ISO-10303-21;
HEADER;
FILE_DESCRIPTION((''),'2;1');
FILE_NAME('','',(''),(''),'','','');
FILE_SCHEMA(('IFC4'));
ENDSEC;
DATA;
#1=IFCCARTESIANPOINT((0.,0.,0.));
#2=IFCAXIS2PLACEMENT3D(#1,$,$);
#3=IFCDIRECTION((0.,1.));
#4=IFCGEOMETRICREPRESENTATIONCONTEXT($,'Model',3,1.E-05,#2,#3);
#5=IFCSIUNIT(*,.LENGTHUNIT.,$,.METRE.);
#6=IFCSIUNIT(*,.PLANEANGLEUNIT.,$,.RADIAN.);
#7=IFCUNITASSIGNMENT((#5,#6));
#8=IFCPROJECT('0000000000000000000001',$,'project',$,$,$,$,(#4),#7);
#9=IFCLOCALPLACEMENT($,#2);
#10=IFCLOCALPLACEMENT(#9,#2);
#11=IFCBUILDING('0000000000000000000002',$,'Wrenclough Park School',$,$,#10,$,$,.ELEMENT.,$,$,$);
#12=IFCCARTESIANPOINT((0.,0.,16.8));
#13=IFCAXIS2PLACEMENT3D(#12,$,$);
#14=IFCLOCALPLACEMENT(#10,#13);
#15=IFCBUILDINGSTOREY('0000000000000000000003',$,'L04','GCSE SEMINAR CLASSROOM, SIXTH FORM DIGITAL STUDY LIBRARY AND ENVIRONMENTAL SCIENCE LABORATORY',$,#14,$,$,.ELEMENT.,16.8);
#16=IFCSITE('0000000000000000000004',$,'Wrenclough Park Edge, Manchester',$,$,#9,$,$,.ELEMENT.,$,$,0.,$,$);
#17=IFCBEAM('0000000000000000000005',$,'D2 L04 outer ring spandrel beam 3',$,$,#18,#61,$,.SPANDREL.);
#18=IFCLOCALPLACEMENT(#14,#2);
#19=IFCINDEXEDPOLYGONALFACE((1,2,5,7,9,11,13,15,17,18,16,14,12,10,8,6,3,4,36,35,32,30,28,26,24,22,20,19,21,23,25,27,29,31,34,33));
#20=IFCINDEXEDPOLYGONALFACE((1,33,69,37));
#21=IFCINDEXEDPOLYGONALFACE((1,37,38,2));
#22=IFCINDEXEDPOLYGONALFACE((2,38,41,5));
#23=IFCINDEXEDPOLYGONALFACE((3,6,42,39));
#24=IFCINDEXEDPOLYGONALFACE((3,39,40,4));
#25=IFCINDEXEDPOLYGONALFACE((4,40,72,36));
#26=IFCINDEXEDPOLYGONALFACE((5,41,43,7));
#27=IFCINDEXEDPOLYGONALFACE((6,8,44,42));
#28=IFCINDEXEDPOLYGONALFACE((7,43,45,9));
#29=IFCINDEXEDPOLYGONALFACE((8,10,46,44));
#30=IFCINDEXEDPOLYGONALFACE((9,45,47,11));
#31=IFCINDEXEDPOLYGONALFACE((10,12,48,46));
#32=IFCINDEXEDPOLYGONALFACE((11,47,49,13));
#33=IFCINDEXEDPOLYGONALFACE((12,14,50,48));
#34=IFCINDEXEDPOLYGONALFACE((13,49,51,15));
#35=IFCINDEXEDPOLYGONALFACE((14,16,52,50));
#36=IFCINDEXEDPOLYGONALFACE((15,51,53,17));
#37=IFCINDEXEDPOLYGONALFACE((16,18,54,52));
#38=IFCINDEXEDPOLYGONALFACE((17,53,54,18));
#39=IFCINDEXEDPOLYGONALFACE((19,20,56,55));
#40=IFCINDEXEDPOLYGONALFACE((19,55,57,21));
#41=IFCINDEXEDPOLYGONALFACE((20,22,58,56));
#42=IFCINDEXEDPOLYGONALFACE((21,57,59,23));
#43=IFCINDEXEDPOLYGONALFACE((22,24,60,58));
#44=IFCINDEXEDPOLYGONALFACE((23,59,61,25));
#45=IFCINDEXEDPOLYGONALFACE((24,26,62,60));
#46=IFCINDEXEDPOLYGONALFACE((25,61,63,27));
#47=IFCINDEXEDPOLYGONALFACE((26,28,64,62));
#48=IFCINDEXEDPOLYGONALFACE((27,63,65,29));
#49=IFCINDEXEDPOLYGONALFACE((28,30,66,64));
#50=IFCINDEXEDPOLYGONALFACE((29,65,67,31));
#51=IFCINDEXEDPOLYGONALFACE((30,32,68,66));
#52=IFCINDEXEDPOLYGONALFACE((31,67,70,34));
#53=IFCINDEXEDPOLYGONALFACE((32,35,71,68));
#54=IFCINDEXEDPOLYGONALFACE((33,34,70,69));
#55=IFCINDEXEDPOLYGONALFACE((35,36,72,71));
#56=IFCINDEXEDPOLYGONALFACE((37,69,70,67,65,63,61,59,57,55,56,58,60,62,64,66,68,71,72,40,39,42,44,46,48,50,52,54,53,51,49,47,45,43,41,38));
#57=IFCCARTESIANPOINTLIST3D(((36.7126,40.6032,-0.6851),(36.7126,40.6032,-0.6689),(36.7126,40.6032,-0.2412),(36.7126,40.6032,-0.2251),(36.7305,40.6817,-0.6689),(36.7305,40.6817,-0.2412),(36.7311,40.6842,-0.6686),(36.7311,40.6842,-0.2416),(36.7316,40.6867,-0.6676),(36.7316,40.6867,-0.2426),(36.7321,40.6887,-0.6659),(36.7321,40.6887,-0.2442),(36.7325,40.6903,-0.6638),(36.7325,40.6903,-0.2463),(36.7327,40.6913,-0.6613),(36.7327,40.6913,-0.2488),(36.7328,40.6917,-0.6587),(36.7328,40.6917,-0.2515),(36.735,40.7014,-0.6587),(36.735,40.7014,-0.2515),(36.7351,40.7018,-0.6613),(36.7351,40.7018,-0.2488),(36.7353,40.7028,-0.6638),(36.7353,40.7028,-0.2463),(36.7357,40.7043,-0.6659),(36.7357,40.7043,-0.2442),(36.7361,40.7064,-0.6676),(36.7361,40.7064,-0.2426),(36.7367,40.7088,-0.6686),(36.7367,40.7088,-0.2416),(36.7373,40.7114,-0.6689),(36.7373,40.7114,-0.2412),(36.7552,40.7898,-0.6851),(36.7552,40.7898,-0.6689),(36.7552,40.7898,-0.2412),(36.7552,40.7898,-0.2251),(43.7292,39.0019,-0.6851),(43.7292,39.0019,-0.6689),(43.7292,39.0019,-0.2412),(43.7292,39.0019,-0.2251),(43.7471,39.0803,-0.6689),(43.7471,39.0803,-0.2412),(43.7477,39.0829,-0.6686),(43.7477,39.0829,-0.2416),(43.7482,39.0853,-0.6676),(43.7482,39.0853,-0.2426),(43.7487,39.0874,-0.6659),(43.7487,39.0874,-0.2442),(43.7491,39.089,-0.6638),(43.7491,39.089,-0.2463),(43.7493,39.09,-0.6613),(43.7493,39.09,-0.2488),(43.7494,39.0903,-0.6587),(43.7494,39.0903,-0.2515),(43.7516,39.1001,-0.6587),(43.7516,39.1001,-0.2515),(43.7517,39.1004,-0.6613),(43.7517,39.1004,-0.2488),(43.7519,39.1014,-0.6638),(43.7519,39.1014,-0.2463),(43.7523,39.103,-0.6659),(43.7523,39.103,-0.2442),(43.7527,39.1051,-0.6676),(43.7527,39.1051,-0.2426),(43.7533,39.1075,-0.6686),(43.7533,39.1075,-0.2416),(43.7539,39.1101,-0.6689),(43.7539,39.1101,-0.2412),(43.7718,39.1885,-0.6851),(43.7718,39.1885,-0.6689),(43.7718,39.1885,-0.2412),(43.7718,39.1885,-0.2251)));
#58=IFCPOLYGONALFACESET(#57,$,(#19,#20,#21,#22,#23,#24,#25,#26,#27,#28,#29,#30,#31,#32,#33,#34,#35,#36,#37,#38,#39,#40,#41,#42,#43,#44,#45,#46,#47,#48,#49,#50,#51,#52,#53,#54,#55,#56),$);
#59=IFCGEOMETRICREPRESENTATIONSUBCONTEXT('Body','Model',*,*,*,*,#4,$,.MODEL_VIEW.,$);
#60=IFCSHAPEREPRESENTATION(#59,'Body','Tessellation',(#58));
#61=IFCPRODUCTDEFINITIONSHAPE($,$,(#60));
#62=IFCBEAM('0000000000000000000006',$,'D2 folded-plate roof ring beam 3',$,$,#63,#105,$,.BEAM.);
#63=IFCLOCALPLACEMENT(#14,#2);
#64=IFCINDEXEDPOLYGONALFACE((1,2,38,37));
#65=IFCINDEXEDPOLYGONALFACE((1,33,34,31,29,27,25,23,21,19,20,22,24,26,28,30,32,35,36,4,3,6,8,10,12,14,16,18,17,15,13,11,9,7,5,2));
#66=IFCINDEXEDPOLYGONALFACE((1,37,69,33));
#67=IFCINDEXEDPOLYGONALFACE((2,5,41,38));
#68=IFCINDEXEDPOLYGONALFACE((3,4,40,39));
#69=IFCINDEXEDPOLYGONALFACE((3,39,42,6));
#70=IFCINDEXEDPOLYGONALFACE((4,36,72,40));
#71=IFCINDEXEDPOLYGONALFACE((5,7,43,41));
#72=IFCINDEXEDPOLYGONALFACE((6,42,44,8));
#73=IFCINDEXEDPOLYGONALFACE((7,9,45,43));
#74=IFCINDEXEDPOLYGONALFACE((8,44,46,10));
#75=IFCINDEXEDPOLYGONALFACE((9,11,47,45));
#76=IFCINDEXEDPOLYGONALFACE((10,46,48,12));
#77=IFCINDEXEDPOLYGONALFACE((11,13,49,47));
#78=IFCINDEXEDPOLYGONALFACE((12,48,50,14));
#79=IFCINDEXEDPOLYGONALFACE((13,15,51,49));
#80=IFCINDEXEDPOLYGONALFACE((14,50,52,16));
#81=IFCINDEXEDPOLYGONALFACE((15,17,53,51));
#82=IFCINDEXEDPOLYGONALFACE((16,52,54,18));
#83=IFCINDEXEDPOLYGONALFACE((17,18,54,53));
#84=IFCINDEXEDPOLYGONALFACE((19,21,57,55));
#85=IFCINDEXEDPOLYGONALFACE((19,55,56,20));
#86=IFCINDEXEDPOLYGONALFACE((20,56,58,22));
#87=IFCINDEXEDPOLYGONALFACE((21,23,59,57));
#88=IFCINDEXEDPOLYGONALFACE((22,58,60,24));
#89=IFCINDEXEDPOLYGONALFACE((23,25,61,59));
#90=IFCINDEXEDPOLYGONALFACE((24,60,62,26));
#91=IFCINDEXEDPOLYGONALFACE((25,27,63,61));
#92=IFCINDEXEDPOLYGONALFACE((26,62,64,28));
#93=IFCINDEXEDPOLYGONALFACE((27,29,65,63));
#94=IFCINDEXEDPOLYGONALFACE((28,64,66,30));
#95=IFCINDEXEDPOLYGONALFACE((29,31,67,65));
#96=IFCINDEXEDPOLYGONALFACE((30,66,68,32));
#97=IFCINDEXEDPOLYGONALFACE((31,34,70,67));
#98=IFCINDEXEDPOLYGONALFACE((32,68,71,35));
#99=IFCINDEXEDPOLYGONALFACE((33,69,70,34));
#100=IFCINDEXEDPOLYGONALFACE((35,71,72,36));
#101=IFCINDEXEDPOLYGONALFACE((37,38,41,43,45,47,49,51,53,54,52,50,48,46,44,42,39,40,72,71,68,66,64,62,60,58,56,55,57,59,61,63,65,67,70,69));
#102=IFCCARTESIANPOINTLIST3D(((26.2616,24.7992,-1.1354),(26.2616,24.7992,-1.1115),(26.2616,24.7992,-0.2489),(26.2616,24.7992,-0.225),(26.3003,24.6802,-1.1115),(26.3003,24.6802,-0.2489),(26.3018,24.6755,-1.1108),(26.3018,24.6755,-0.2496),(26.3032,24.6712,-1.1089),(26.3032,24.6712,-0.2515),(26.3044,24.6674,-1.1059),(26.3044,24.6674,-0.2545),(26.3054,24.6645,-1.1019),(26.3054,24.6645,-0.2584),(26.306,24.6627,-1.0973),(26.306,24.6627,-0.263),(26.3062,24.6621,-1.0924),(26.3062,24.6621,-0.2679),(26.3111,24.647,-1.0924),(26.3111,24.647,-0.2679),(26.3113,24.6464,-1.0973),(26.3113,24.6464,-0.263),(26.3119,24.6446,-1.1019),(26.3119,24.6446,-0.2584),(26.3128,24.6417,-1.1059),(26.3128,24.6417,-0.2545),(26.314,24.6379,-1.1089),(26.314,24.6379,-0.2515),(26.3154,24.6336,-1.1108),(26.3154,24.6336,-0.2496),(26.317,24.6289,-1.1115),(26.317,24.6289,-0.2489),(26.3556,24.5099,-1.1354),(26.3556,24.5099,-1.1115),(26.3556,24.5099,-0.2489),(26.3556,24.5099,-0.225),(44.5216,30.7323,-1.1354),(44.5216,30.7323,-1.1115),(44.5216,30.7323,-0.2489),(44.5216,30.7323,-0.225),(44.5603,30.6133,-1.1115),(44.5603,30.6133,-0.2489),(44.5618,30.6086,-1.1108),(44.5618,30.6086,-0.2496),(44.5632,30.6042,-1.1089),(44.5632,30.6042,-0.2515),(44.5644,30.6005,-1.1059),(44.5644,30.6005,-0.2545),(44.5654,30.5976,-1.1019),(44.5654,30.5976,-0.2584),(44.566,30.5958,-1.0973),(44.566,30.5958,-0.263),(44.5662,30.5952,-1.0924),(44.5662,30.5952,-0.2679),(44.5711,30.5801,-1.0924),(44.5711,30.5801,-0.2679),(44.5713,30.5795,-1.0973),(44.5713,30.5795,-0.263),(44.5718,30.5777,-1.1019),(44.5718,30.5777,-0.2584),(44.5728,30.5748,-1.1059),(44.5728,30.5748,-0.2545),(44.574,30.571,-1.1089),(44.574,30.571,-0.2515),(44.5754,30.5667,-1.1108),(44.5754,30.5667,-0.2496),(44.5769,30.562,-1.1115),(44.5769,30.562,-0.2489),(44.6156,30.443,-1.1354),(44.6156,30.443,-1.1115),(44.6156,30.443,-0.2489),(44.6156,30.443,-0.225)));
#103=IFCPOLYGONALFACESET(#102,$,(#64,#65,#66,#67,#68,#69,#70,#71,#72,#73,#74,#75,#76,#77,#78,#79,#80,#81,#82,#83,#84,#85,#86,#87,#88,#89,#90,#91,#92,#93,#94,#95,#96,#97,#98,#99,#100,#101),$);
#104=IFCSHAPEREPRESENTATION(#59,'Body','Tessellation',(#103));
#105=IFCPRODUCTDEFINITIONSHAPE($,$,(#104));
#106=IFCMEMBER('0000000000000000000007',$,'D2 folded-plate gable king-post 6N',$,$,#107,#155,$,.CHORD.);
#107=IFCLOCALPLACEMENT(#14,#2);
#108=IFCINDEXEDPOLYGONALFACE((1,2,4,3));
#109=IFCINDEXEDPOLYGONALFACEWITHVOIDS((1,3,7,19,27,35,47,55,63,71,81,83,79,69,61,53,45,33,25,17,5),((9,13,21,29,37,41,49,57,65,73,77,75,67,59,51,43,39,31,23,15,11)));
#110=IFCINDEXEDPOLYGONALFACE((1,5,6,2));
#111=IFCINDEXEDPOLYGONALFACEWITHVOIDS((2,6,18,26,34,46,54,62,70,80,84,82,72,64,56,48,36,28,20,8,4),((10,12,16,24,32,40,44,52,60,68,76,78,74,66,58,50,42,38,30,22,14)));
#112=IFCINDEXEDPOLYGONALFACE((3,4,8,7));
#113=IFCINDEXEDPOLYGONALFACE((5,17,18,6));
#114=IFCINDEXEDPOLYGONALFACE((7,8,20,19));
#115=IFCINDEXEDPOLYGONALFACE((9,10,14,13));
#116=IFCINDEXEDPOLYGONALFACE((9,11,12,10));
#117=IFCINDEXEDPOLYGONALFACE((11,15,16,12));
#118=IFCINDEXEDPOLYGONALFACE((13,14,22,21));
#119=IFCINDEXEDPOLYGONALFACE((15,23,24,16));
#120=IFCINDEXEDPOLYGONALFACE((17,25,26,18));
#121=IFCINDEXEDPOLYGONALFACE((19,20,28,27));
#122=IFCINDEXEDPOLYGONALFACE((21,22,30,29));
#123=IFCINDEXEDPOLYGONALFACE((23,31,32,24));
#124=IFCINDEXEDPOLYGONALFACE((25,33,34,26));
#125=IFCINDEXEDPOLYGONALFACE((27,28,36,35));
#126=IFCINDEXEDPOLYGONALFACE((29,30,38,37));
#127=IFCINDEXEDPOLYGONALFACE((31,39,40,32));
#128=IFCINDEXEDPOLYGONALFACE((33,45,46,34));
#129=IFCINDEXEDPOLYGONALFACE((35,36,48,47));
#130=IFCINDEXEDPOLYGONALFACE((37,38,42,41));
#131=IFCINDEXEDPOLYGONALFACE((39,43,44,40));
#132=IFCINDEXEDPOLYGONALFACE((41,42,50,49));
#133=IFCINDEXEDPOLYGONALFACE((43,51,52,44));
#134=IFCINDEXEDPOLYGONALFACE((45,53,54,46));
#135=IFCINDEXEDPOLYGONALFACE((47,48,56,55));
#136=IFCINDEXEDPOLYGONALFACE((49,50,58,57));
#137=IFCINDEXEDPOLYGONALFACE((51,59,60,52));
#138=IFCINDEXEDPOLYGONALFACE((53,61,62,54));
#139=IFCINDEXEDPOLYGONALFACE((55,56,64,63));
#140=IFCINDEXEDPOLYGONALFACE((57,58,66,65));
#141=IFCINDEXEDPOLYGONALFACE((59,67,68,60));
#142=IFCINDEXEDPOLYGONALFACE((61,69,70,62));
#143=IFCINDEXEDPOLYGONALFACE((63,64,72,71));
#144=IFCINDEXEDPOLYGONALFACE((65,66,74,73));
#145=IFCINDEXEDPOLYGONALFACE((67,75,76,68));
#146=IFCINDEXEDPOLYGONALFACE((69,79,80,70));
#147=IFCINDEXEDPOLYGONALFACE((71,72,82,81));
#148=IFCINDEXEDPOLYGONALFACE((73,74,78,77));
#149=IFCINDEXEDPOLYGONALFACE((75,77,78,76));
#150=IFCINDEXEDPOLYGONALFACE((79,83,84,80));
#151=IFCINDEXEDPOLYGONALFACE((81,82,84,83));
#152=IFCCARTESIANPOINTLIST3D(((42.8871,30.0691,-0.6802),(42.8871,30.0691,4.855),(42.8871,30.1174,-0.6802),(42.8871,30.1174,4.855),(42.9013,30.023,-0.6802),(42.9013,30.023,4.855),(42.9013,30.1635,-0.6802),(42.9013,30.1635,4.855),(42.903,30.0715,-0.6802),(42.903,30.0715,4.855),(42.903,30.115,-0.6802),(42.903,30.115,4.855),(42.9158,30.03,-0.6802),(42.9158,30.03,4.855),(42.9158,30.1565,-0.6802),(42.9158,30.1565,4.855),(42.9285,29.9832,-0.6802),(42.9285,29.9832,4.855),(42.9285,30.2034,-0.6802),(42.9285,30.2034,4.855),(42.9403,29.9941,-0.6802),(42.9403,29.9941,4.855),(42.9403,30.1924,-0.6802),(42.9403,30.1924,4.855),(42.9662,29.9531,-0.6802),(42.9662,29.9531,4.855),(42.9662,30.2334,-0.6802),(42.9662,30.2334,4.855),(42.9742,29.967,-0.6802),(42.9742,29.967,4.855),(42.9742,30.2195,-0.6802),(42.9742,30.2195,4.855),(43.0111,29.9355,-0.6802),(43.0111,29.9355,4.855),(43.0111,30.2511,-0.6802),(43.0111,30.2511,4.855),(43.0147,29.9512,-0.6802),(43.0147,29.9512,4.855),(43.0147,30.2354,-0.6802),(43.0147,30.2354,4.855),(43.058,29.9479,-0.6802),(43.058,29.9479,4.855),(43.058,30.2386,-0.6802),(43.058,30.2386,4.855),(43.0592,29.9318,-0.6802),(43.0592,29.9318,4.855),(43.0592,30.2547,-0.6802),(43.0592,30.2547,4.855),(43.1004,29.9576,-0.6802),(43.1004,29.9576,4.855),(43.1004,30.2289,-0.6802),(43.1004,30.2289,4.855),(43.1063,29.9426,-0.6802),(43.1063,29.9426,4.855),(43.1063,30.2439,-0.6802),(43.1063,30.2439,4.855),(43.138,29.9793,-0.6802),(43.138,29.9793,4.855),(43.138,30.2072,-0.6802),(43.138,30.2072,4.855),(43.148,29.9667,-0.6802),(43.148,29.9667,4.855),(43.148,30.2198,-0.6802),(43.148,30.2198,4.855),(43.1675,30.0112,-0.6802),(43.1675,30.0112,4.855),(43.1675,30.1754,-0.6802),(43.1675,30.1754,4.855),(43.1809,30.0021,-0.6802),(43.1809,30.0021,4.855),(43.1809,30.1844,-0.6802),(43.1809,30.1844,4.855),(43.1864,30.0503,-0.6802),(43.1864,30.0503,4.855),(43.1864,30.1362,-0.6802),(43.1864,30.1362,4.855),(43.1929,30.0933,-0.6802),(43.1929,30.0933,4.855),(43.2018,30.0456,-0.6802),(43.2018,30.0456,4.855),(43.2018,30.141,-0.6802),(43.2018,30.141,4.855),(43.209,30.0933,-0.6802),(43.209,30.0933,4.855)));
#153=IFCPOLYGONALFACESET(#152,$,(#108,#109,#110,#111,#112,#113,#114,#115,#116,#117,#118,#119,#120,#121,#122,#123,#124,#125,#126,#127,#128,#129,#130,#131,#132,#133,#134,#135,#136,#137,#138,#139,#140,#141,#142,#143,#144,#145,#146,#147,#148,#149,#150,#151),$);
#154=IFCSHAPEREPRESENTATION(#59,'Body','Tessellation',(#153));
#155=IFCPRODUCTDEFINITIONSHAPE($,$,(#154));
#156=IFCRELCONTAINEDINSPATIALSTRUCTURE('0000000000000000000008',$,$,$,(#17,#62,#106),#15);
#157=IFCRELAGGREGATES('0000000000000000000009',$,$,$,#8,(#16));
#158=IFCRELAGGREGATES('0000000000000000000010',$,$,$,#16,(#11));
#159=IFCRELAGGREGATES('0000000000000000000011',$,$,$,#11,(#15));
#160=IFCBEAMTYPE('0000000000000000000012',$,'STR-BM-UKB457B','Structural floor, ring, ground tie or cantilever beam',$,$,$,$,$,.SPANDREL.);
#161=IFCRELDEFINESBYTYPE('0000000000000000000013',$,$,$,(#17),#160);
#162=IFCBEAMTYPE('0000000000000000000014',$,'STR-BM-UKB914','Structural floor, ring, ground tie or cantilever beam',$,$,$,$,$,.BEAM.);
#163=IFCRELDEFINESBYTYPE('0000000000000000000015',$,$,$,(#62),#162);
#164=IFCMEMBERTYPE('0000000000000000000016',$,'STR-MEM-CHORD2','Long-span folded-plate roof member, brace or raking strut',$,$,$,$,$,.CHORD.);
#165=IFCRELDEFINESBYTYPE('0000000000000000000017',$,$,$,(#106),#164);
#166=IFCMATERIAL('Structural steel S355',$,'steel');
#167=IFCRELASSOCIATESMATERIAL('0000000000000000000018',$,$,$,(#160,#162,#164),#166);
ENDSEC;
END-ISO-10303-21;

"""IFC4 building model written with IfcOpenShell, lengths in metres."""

from ifc_helpers import new_model, si_unit, direction, frame, origin, origin_2d, place, context, subcontext, project, spatial, hollow_circle, i_section, extrude, material, material_profile, profile_set, type_object, element, save


model = new_model("IFC4")

# Units and contexts
model_context = context("Model", 3, precision=1e-05, world=origin(), true_north=direction((0.0, 1.0)))
body_context = subcontext(model_context, "Body", "Model", "MODEL_VIEW")
ifc_project = project(units=[si_unit("LENGTHUNIT", "METRE"), si_unit("PLANEANGLEUNIT", "RADIAN")], contexts=[model_context])

# Site, building, storey
site_placement = place(None, origin())
site = spatial("IfcSite", under=ifc_project, at=site_placement, Name="Wrenclough Park Edge, Manchester", CompositionType="ELEMENT", RefElevation=0.0)
building_placement = place(site_placement, origin())
building = spatial("IfcBuilding", under=site, at=building_placement, Name="Wrenclough Park School", CompositionType="ELEMENT")
storey_placement = place(building_placement, frame((0.0, 0.0, 16.8)))
storey = spatial("IfcBuildingStorey", under=building, at=storey_placement, Name="L04", Description="GCSE SEMINAR CLASSROOM, SIXTH FORM DIGITAL STUDY LIBRARY AND ENVIRONMENTAL SCIENCE LABORATORY", CompositionType="ELEMENT", Elevation=16.8)

# Shared definitions
ifc_material_1 = material(Name="Structural steel S355", Category="steel")

# Beams
ifc_material_profile_1 = material_profile(ifc_material_1, i_section(OverallWidth=0.1914, OverallDepth=0.46, WebThickness=0.01, FlangeThickness=0.0161, FilletRadius=0.0103, at=origin_2d()), Name="UKB 457x191x82")
ifc_profile_set_1 = profile_set([ifc_material_profile_1], Name="Structural steel S355")
beam_type_1 = type_object("IfcBeamType", Name="STR-BM-UKB457B", Description="Structural floor, ring, ground tie or cantilever beam", PredefinedType="SPANDREL", material=ifc_profile_set_1)
for number, where, z_axis, x_axis, name in (
    (1, (43.7505, 39.0952, -0.4551), (-0.974933, 0.222498, 0.0), (-0.222498, -0.974933, 0.0), "D2 L04 outer ring spandrel beam 3"),
):
    element("IfcBeam", number, at=place(storey_placement, frame(where, z_axis=z_axis, x_axis=x_axis)), inside=storey, type_object=beam_type_1, Name=name, PredefinedType="SPANDREL", context=body_context, shape_type="SweptSolid", body=[
        extrude(i_section(OverallWidth=0.1914, OverallDepth=0.46, WebThickness=0.01, FlangeThickness=0.0161, FilletRadius=0.0103, at=origin_2d()), origin(), (0.0, 0.0, 1.0), 7.197),
    ])
ifc_material_profile_2 = material_profile(ifc_material_1, i_section(OverallWidth=0.3042, OverallDepth=0.9104, WebThickness=0.0159, FlangeThickness=0.0239, FilletRadius=0.019, at=origin_2d()), Name="UKB 914x305x224")
ifc_profile_set_2 = profile_set([ifc_material_profile_2], Name="Structural steel S355")
beam_type_2 = type_object("IfcBeamType", Name="STR-BM-UKB914", Description="Structural floor, ring, ground tie or cantilever beam", PredefinedType="BEAM", material=ifc_profile_set_2)
beam_1_placement = place(storey_placement, frame((44.5686, 30.5876, -0.6802), z_axis=(-0.951055, -0.30902, 0.0), x_axis=(0.30902, -0.951055, 0.0)))
element("IfcBeam", 2, at=beam_1_placement, inside=storey, type_object=beam_type_2, Name="D2 folded-plate roof ring beam 3", PredefinedType="BEAM", context=body_context, shape_type="SweptSolid", body=[
    extrude(i_section(OverallWidth=0.3042, OverallDepth=0.9104, WebThickness=0.0159, FlangeThickness=0.0239, FilletRadius=0.019, at=origin_2d()), origin(), (0.0, 0.0, 1.0), 19.1997),
])

# Member
ifc_material_profile_3 = material_profile(ifc_material_1, hollow_circle(Radius=0.1619, WallThickness=0.0161, at=origin_2d()), Name="CHS 323.9x16.0")
ifc_profile_set_3 = profile_set([ifc_material_profile_3], Name="Structural steel S355")
member_type_1 = type_object("IfcMemberType", Name="STR-MEM-CHORD2", Description="Long-span folded-plate roof member, brace or raking strut", PredefinedType="CHORD", material=ifc_profile_set_3)
member_1_placement = place(storey_placement, frame((43.0471, 30.0933, -0.6802), z_axis=(0.0, 0.0, 1.0), x_axis=(1.0, 0.0, 0.0)))
element("IfcMember", 3, at=member_1_placement, inside=storey, type_object=member_type_1, Name="D2 folded-plate gable king-post 6N", PredefinedType="CHORD", context=body_context, shape_type="SweptSolid", body=[
    extrude(hollow_circle(Radius=0.1619, WallThickness=0.0161, at=origin_2d()), origin(), (0.0, 0.0, 1.0), 5.5352),
])

save(model, "model.ifc")
